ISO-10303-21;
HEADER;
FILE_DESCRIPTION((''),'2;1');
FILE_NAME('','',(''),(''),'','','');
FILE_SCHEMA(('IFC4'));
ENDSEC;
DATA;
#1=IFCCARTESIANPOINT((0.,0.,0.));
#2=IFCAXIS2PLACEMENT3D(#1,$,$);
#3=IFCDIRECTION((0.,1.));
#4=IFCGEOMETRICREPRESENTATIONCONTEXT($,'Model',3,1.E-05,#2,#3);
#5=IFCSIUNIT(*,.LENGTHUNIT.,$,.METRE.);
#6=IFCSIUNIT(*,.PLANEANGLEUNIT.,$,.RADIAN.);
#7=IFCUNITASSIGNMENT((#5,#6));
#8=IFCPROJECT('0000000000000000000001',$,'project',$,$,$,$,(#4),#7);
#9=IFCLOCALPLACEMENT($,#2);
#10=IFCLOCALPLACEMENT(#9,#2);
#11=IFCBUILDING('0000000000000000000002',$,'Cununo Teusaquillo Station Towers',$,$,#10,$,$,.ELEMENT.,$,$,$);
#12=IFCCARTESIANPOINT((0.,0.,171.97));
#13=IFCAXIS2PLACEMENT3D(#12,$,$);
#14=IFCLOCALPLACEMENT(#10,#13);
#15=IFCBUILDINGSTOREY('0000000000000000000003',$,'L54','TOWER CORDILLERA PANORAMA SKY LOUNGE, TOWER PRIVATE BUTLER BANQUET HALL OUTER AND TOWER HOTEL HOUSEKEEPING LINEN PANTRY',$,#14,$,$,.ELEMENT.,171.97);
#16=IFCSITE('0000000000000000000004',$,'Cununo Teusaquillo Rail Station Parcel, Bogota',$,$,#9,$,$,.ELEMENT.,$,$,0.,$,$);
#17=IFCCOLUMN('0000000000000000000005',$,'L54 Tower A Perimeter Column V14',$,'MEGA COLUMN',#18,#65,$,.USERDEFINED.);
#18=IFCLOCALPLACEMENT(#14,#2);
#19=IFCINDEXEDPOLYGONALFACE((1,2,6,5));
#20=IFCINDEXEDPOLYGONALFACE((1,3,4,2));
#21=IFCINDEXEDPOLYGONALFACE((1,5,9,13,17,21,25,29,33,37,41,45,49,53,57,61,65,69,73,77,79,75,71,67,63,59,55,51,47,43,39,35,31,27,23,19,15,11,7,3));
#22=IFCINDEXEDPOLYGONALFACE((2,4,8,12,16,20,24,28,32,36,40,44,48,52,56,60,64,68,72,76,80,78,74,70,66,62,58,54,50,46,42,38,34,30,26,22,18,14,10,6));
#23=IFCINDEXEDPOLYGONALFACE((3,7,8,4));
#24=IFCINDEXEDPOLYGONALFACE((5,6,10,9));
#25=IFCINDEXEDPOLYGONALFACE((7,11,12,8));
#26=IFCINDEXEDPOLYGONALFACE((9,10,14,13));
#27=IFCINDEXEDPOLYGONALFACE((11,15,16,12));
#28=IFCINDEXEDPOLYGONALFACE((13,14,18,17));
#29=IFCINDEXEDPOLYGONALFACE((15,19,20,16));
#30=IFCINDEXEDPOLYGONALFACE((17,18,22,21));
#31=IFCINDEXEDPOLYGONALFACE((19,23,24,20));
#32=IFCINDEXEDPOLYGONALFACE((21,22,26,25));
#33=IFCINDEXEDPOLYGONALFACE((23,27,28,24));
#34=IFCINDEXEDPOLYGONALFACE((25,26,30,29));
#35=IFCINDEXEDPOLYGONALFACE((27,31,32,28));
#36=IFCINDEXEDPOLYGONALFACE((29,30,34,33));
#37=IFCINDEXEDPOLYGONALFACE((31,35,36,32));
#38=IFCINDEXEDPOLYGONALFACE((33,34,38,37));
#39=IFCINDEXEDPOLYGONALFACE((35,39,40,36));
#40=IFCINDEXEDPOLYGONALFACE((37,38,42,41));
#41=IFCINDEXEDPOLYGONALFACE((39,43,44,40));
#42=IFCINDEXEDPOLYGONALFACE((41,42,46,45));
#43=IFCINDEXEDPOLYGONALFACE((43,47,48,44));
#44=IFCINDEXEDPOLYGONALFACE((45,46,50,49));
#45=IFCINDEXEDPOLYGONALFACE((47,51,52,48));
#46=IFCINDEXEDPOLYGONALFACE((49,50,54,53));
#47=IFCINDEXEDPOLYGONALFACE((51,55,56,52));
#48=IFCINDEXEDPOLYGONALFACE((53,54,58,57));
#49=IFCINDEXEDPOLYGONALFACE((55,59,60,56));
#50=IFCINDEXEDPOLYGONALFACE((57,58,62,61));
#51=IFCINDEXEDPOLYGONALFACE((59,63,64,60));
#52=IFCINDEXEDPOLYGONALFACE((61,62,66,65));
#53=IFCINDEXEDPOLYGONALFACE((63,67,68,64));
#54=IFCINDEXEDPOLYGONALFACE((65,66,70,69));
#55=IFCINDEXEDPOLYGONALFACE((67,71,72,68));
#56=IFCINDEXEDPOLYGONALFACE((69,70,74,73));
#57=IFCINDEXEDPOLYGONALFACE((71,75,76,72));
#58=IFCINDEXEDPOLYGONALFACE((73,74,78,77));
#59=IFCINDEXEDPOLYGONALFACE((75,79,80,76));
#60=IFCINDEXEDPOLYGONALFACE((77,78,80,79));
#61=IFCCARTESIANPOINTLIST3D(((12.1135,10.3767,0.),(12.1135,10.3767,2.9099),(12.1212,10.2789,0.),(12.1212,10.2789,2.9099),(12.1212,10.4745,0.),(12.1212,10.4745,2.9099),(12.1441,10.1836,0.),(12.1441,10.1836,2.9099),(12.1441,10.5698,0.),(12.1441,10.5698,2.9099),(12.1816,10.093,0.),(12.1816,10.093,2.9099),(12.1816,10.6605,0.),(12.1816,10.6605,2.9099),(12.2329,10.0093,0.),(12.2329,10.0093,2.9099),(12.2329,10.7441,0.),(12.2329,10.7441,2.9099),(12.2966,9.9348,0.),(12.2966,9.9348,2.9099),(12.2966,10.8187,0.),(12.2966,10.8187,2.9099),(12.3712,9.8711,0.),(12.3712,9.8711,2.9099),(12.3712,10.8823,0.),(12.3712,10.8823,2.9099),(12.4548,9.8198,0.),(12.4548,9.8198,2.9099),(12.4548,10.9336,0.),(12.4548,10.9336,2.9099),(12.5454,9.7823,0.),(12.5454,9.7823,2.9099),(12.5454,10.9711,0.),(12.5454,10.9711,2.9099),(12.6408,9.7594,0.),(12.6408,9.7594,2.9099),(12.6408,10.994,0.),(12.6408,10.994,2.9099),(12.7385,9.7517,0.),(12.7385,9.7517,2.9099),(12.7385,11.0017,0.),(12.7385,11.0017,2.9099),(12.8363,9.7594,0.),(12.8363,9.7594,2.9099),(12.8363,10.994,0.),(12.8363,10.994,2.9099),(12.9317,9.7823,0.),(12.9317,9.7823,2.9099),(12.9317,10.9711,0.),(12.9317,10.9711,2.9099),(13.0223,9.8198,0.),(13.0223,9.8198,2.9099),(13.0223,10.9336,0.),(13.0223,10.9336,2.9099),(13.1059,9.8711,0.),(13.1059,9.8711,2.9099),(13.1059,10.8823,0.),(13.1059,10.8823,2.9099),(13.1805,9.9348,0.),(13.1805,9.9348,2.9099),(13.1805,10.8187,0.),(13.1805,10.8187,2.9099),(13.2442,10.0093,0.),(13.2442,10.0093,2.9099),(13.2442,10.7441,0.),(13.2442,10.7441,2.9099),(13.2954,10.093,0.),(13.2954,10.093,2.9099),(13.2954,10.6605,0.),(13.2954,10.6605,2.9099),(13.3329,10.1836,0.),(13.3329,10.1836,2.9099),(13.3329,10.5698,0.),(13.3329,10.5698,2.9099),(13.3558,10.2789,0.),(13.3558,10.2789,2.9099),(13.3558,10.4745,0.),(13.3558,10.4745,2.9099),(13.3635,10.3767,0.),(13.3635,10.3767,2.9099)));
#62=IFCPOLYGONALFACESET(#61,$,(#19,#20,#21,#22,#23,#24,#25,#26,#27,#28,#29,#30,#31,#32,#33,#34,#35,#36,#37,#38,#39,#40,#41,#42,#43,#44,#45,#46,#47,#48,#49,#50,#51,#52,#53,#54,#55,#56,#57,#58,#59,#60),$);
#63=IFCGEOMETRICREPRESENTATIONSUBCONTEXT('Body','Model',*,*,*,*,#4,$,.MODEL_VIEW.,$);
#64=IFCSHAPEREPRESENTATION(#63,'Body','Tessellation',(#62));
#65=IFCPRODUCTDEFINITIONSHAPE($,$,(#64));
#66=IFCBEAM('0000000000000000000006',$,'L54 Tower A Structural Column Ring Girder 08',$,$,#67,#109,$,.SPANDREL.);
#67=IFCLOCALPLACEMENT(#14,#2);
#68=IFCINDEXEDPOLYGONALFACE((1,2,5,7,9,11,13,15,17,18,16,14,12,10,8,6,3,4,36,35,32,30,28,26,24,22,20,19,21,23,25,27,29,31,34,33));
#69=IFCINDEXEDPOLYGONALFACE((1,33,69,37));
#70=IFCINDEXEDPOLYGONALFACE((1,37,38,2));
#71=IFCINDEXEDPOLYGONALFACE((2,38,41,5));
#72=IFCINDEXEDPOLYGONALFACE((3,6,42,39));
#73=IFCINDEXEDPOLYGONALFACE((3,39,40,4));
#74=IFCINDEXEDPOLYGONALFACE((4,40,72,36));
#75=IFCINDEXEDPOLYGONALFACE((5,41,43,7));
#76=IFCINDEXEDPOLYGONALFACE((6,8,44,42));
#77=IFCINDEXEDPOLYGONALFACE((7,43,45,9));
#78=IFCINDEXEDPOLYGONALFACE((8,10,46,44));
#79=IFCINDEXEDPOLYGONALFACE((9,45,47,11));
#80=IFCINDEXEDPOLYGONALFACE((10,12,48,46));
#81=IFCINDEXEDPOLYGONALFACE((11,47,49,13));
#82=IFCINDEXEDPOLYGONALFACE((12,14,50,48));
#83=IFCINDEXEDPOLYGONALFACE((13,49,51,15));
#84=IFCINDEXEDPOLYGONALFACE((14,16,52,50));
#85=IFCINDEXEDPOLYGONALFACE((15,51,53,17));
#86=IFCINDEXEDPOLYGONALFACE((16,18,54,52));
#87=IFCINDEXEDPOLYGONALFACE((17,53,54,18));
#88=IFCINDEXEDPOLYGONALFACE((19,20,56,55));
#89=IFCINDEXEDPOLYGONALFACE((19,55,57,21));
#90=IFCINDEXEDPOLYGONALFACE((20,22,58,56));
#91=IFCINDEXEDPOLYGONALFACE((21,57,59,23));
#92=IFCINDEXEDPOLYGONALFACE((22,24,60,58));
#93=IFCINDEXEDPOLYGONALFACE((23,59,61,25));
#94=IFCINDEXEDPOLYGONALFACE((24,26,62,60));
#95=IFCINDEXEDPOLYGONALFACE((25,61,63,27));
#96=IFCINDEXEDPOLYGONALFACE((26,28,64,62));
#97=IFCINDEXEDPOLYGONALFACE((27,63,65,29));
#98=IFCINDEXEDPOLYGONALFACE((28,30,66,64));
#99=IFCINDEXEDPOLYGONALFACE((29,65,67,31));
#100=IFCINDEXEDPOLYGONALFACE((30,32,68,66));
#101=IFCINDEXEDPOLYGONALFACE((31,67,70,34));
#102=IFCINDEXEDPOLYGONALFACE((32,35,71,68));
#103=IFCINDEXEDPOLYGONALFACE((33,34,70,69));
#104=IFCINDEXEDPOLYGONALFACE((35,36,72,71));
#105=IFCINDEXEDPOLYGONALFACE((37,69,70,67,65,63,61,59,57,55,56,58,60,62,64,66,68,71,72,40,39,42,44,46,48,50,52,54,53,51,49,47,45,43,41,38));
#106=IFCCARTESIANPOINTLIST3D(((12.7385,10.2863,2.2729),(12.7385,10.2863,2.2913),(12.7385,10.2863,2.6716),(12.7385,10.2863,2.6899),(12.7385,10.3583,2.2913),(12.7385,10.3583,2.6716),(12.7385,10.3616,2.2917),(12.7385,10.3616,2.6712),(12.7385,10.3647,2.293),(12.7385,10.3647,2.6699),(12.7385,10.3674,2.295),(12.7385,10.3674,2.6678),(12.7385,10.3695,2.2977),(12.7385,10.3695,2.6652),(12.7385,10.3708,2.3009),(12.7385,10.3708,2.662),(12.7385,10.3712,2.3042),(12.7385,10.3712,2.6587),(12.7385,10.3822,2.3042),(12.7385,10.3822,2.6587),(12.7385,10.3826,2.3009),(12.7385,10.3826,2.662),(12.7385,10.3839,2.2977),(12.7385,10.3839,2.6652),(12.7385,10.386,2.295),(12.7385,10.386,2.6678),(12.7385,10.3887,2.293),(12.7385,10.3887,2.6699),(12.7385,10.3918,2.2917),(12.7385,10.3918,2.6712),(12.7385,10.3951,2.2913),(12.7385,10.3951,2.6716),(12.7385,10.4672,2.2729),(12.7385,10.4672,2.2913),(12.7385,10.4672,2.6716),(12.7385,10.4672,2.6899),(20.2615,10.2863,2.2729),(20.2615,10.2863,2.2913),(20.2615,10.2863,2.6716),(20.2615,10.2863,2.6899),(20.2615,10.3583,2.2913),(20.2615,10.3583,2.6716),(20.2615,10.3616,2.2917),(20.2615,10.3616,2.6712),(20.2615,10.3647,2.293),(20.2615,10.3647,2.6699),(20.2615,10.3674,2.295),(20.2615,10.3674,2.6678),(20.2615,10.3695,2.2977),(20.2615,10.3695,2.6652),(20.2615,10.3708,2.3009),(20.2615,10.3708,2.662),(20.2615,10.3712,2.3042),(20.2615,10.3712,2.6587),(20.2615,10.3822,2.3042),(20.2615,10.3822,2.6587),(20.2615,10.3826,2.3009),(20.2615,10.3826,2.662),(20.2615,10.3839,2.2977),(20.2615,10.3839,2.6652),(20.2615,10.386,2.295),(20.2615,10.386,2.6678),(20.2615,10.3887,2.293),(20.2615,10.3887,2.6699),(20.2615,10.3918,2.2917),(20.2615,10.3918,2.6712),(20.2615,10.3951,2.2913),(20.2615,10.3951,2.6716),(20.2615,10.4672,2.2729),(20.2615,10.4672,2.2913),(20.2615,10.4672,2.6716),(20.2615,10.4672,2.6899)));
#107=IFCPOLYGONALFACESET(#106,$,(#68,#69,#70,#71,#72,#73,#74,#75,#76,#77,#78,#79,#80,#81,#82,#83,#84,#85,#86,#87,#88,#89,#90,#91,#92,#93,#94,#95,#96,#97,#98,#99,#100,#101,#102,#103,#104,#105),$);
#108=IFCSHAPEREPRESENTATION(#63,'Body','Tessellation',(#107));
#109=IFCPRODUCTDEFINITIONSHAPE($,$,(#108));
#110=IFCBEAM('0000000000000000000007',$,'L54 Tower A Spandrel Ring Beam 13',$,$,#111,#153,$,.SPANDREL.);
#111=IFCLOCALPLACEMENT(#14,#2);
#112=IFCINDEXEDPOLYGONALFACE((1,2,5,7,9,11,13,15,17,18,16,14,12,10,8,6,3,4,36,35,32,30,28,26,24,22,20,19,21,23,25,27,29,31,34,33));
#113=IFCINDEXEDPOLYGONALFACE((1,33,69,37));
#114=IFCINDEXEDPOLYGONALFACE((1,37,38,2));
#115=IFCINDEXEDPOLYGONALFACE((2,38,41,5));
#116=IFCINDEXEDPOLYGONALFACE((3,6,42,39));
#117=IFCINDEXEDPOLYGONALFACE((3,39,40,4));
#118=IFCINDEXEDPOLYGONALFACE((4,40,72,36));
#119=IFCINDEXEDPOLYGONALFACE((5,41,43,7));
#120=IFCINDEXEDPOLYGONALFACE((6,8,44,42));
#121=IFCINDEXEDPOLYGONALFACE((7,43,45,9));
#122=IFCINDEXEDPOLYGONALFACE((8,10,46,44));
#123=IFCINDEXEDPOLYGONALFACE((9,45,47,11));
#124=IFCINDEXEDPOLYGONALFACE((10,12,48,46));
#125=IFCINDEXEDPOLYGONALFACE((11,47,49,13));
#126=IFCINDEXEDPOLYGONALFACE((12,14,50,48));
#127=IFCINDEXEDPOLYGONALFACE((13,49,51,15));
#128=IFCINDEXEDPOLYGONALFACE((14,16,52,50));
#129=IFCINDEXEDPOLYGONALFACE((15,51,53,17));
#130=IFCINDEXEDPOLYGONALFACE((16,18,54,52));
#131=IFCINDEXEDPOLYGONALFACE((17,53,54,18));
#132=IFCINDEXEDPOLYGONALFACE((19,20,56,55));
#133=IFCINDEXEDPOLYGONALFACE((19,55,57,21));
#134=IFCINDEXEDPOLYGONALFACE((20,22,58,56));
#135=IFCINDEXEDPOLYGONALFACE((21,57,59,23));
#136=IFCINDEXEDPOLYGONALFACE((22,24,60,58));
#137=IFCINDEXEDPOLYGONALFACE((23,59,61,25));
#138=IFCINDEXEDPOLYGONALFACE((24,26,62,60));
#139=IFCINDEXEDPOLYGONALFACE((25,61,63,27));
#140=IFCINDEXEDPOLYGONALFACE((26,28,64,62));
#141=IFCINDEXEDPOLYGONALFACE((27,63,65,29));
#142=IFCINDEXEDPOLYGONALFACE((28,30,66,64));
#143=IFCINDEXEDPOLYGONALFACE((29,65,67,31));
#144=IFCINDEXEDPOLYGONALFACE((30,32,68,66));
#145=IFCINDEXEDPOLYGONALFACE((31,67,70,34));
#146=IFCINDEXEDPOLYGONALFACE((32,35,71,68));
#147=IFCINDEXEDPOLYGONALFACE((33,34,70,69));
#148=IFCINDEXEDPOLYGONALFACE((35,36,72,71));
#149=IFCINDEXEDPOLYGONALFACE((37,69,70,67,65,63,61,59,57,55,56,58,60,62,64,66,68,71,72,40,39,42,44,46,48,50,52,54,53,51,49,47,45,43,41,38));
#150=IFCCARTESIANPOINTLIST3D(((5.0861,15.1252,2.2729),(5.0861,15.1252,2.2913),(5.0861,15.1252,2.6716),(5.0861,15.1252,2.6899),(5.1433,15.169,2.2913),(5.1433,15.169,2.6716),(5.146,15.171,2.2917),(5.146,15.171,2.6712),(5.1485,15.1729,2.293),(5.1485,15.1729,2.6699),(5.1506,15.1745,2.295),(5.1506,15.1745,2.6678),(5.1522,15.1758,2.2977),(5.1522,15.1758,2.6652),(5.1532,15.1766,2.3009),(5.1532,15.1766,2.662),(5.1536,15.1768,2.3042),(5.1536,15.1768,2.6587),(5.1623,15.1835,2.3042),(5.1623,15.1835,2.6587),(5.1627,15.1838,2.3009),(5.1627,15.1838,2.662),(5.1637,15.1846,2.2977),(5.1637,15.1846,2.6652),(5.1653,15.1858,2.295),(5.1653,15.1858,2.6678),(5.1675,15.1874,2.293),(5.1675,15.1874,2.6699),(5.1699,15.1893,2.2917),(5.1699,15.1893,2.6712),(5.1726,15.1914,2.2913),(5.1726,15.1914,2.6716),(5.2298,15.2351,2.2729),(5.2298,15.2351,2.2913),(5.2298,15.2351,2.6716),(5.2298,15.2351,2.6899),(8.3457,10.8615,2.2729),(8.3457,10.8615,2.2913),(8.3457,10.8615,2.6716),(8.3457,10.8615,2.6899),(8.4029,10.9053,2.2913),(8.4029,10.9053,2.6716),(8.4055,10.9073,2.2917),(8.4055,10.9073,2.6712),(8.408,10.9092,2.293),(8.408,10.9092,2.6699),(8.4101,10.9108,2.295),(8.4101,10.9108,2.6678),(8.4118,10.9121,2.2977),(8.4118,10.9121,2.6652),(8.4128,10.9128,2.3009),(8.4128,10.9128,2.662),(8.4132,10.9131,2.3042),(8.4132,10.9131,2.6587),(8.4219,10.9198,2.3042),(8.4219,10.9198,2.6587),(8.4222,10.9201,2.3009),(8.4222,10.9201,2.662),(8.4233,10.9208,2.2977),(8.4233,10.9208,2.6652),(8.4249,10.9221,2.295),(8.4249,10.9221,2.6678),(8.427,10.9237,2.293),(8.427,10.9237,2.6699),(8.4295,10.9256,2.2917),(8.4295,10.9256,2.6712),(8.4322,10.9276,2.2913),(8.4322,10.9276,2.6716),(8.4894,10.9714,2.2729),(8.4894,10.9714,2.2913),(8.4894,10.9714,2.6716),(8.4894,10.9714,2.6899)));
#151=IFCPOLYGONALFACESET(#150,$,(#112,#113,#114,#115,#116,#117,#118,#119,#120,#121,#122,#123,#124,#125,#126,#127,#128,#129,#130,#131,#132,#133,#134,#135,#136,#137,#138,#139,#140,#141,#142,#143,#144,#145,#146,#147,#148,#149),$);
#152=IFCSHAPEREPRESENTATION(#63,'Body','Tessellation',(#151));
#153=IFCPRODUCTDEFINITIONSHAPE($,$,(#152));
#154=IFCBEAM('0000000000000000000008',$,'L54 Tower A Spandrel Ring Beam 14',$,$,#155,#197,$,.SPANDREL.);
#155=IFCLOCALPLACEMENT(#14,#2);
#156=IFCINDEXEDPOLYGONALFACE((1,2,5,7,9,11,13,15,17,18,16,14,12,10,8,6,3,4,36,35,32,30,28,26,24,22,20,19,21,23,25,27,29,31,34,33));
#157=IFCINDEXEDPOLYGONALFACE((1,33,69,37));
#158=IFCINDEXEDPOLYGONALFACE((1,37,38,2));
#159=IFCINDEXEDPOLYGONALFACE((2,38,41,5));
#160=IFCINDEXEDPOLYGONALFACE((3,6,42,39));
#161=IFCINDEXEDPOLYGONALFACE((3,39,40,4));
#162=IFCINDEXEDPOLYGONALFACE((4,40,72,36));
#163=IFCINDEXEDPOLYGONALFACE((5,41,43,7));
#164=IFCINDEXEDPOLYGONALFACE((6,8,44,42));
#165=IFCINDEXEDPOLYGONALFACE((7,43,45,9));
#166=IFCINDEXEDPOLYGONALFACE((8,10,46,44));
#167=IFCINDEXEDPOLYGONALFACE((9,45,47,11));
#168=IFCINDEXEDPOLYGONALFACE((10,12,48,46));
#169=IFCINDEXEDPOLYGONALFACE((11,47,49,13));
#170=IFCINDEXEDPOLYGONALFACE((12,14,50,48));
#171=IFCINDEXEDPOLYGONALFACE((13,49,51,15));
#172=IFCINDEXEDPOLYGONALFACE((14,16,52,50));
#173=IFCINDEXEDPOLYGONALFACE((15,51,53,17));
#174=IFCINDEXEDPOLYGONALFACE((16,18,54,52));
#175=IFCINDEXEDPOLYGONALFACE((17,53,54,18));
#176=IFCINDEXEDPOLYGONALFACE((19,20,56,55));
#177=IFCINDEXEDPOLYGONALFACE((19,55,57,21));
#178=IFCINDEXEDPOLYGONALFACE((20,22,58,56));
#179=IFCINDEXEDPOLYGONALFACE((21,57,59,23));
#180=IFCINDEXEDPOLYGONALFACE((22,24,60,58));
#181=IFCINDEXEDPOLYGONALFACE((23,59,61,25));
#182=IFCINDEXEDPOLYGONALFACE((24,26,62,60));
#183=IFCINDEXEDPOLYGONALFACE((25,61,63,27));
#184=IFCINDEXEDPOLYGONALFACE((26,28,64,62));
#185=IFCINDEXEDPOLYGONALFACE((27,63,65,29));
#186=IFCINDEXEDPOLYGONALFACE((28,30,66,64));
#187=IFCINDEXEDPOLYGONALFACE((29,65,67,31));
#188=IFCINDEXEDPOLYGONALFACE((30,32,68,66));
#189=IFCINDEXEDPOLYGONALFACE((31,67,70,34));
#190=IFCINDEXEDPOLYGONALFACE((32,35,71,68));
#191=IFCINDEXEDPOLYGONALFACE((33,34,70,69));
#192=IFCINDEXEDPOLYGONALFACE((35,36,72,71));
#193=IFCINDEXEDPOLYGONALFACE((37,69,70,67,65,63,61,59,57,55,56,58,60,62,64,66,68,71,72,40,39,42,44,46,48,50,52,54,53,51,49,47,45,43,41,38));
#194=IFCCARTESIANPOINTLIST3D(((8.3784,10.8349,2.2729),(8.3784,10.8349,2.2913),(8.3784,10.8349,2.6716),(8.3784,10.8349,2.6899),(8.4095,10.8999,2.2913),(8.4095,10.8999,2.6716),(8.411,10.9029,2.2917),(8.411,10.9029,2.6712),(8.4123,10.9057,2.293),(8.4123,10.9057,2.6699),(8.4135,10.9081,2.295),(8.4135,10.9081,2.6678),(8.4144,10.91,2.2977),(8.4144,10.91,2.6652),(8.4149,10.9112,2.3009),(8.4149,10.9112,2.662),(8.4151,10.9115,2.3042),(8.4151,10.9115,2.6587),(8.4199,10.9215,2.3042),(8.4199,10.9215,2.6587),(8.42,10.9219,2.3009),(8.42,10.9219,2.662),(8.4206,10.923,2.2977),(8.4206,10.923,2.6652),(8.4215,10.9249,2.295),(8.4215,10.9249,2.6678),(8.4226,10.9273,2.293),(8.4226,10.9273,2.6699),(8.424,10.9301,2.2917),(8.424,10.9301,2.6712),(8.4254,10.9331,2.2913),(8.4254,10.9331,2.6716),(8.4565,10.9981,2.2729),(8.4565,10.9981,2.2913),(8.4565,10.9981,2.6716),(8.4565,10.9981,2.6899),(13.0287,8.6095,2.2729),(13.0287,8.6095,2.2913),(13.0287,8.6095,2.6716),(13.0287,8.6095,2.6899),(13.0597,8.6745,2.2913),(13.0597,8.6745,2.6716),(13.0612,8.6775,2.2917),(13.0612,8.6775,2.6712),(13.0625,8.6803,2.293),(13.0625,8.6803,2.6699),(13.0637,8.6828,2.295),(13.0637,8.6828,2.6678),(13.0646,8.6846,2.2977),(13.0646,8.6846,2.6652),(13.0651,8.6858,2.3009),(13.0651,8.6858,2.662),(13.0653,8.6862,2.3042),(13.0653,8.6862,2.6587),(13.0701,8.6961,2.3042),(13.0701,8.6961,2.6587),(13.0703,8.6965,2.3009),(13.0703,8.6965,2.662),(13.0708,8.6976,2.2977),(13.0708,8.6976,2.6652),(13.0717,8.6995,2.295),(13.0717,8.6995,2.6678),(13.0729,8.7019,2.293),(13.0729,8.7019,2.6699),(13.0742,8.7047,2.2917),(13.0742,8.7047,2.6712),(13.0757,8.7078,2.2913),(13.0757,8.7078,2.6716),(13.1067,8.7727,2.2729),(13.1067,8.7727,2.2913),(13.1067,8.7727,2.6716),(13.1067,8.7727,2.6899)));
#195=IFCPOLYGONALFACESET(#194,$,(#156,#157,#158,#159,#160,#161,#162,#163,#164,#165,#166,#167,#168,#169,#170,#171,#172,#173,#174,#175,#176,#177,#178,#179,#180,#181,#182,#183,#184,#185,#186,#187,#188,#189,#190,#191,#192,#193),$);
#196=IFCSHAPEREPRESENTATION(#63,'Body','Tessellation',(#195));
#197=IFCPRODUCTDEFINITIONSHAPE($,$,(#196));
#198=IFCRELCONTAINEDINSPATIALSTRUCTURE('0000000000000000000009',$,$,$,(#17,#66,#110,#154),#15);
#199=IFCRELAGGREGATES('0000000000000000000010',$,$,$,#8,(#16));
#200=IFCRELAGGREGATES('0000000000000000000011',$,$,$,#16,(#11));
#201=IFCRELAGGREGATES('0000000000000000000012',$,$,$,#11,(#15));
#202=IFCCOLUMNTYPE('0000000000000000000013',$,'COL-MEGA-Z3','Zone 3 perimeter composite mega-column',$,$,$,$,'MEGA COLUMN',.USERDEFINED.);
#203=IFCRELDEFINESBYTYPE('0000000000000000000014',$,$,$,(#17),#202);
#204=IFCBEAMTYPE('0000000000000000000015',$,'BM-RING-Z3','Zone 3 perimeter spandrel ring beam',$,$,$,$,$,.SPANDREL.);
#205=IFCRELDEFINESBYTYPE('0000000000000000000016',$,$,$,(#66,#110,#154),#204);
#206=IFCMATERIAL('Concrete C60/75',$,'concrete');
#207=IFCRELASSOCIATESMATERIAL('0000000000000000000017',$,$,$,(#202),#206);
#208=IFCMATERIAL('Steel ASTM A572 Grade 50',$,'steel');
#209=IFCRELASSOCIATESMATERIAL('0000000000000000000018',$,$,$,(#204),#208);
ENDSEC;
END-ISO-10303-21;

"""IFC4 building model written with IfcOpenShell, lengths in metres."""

from ifc_helpers import new_model, si_unit, direction, frame, origin, origin_2d, place, context, subcontext, project, spatial, circle, i_section, extrude, material, material_profile, profile_set, type_object, element, save


model = new_model("IFC4")

# Units and contexts
model_context = context("Model", 3, precision=1e-05, world=origin(), true_north=direction((0.0, 1.0)))
body_context = subcontext(model_context, "Body", "Model", "MODEL_VIEW")
ifc_project = project(units=[si_unit("LENGTHUNIT", "METRE"), si_unit("PLANEANGLEUNIT", "RADIAN")], contexts=[model_context])

# Site, building, storey
site_placement = place(None, origin())
site = spatial("IfcSite", under=ifc_project, at=site_placement, Name="Cununo Teusaquillo Rail Station Parcel, Bogota", CompositionType="ELEMENT", RefElevation=0.0)
building_placement = place(site_placement, origin())
building = spatial("IfcBuilding", under=site, at=building_placement, Name="Cununo Teusaquillo Station Towers", CompositionType="ELEMENT")
storey_placement = place(building_placement, frame((0.0, 0.0, 171.97)))
storey = spatial("IfcBuildingStorey", under=building, at=storey_placement, Name="L54", Description="TOWER CORDILLERA PANORAMA SKY LOUNGE, TOWER PRIVATE BUTLER BANQUET HALL OUTER AND TOWER HOTEL HOUSEKEEPING LINEN PANTRY", CompositionType="ELEMENT", Elevation=171.97)

# Column
ifc_material_1 = material(Name="Concrete C60/75", Category="concrete")
ifc_material_profile_1 = material_profile(ifc_material_1, circle(Radius=0.625, at=origin_2d()), Name="RC-CIRC-1250")
ifc_profile_set_1 = profile_set([ifc_material_profile_1], Name="Concrete C60/75")
column_type = type_object("IfcColumnType", Name="COL-MEGA-Z3", Description="Zone 3 perimeter composite mega-column", ElementType="MEGA COLUMN", PredefinedType="USERDEFINED", material=ifc_profile_set_1)
column_placement = place(storey_placement, frame((12.7385, 10.3767, 0.0), z_axis=(0.0, 0.0, 1.0), x_axis=(1.0, 0.0, 0.0)))
element("IfcColumn", 1, at=column_placement, inside=storey, type_object=column_type, Name="L54 Tower A Perimeter Column V14", ObjectType="MEGA COLUMN", PredefinedType="USERDEFINED", context=body_context, shape_type="SweptSolid", body=[
    extrude(circle(Radius=0.625, at=origin_2d()), origin(), (0.0, 0.0, 1.0), 2.9099),
])

# Beams
ifc_material_2 = material(Name="Steel ASTM A572 Grade 50", Category="steel")
ifc_material_profile_2 = material_profile(ifc_material_2, i_section(OverallWidth=0.1809, OverallDepth=0.417, WebThickness=0.011, FlangeThickness=0.0183, FilletRadius=0.0129, at=origin_2d()), Name="W16X57")
ifc_profile_set_2 = profile_set([ifc_material_profile_2], Name="Steel ASTM A572 Grade 50")
beam_type = type_object("IfcBeamType", Name="BM-RING-Z3", Description="Zone 3 perimeter spandrel ring beam", PredefinedType="SPANDREL", material=ifc_profile_set_2)
beam_1_placement = place(storey_placement, frame((12.7385, 10.3767, 2.4814), z_axis=(1.0, 0.0, 0.0), x_axis=(0.0, 1.0, 0.0)))
element("IfcBeam", 2, at=beam_1_placement, inside=storey, type_object=beam_type, Name="L54 Tower A Structural Column Ring Girder 08", PredefinedType="SPANDREL", context=body_context, shape_type="SweptSolid", body=[
    extrude(i_section(OverallWidth=0.1809, OverallDepth=0.417, WebThickness=0.011, FlangeThickness=0.0183, FilletRadius=0.0129, at=origin_2d()), origin(), (0.0, 0.0, 1.0), 7.5229),
])
beam_2_placement = place(storey_placement, frame((5.158, 15.1802, 2.4814), z_axis=(0.60734, -0.794442, 0.0), x_axis=(0.794442, 0.60734, 0.0)))
element("IfcBeam", 3, at=beam_2_placement, inside=storey, type_object=beam_type, Name="L54 Tower A Spandrel Ring Beam 13", PredefinedType="SPANDREL", context=body_context, shape_type="SweptSolid", body=[
    extrude(i_section(OverallWidth=0.1809, OverallDepth=0.417, WebThickness=0.011, FlangeThickness=0.0183, FilletRadius=0.0129, at=origin_2d()), origin(), (0.0, 0.0, 1.0), 5.3669),
])
beam_3_placement = place(storey_placement, frame((8.4175, 10.9165, 2.4814), z_axis=(0.902032, -0.43167, 0.0), x_axis=(0.43167, 0.902032, 0.0)))
element("IfcBeam", 4, at=beam_3_placement, inside=storey, type_object=beam_type, Name="L54 Tower A Spandrel Ring Beam 14", PredefinedType="SPANDREL", context=body_context, shape_type="SweptSolid", body=[
    extrude(i_section(OverallWidth=0.1809, OverallDepth=0.417, WebThickness=0.011, FlangeThickness=0.0183, FilletRadius=0.0129, at=origin_2d()), origin(), (0.0, 0.0, 1.0), 5.1553),
])

save(model, "model.ifc")
